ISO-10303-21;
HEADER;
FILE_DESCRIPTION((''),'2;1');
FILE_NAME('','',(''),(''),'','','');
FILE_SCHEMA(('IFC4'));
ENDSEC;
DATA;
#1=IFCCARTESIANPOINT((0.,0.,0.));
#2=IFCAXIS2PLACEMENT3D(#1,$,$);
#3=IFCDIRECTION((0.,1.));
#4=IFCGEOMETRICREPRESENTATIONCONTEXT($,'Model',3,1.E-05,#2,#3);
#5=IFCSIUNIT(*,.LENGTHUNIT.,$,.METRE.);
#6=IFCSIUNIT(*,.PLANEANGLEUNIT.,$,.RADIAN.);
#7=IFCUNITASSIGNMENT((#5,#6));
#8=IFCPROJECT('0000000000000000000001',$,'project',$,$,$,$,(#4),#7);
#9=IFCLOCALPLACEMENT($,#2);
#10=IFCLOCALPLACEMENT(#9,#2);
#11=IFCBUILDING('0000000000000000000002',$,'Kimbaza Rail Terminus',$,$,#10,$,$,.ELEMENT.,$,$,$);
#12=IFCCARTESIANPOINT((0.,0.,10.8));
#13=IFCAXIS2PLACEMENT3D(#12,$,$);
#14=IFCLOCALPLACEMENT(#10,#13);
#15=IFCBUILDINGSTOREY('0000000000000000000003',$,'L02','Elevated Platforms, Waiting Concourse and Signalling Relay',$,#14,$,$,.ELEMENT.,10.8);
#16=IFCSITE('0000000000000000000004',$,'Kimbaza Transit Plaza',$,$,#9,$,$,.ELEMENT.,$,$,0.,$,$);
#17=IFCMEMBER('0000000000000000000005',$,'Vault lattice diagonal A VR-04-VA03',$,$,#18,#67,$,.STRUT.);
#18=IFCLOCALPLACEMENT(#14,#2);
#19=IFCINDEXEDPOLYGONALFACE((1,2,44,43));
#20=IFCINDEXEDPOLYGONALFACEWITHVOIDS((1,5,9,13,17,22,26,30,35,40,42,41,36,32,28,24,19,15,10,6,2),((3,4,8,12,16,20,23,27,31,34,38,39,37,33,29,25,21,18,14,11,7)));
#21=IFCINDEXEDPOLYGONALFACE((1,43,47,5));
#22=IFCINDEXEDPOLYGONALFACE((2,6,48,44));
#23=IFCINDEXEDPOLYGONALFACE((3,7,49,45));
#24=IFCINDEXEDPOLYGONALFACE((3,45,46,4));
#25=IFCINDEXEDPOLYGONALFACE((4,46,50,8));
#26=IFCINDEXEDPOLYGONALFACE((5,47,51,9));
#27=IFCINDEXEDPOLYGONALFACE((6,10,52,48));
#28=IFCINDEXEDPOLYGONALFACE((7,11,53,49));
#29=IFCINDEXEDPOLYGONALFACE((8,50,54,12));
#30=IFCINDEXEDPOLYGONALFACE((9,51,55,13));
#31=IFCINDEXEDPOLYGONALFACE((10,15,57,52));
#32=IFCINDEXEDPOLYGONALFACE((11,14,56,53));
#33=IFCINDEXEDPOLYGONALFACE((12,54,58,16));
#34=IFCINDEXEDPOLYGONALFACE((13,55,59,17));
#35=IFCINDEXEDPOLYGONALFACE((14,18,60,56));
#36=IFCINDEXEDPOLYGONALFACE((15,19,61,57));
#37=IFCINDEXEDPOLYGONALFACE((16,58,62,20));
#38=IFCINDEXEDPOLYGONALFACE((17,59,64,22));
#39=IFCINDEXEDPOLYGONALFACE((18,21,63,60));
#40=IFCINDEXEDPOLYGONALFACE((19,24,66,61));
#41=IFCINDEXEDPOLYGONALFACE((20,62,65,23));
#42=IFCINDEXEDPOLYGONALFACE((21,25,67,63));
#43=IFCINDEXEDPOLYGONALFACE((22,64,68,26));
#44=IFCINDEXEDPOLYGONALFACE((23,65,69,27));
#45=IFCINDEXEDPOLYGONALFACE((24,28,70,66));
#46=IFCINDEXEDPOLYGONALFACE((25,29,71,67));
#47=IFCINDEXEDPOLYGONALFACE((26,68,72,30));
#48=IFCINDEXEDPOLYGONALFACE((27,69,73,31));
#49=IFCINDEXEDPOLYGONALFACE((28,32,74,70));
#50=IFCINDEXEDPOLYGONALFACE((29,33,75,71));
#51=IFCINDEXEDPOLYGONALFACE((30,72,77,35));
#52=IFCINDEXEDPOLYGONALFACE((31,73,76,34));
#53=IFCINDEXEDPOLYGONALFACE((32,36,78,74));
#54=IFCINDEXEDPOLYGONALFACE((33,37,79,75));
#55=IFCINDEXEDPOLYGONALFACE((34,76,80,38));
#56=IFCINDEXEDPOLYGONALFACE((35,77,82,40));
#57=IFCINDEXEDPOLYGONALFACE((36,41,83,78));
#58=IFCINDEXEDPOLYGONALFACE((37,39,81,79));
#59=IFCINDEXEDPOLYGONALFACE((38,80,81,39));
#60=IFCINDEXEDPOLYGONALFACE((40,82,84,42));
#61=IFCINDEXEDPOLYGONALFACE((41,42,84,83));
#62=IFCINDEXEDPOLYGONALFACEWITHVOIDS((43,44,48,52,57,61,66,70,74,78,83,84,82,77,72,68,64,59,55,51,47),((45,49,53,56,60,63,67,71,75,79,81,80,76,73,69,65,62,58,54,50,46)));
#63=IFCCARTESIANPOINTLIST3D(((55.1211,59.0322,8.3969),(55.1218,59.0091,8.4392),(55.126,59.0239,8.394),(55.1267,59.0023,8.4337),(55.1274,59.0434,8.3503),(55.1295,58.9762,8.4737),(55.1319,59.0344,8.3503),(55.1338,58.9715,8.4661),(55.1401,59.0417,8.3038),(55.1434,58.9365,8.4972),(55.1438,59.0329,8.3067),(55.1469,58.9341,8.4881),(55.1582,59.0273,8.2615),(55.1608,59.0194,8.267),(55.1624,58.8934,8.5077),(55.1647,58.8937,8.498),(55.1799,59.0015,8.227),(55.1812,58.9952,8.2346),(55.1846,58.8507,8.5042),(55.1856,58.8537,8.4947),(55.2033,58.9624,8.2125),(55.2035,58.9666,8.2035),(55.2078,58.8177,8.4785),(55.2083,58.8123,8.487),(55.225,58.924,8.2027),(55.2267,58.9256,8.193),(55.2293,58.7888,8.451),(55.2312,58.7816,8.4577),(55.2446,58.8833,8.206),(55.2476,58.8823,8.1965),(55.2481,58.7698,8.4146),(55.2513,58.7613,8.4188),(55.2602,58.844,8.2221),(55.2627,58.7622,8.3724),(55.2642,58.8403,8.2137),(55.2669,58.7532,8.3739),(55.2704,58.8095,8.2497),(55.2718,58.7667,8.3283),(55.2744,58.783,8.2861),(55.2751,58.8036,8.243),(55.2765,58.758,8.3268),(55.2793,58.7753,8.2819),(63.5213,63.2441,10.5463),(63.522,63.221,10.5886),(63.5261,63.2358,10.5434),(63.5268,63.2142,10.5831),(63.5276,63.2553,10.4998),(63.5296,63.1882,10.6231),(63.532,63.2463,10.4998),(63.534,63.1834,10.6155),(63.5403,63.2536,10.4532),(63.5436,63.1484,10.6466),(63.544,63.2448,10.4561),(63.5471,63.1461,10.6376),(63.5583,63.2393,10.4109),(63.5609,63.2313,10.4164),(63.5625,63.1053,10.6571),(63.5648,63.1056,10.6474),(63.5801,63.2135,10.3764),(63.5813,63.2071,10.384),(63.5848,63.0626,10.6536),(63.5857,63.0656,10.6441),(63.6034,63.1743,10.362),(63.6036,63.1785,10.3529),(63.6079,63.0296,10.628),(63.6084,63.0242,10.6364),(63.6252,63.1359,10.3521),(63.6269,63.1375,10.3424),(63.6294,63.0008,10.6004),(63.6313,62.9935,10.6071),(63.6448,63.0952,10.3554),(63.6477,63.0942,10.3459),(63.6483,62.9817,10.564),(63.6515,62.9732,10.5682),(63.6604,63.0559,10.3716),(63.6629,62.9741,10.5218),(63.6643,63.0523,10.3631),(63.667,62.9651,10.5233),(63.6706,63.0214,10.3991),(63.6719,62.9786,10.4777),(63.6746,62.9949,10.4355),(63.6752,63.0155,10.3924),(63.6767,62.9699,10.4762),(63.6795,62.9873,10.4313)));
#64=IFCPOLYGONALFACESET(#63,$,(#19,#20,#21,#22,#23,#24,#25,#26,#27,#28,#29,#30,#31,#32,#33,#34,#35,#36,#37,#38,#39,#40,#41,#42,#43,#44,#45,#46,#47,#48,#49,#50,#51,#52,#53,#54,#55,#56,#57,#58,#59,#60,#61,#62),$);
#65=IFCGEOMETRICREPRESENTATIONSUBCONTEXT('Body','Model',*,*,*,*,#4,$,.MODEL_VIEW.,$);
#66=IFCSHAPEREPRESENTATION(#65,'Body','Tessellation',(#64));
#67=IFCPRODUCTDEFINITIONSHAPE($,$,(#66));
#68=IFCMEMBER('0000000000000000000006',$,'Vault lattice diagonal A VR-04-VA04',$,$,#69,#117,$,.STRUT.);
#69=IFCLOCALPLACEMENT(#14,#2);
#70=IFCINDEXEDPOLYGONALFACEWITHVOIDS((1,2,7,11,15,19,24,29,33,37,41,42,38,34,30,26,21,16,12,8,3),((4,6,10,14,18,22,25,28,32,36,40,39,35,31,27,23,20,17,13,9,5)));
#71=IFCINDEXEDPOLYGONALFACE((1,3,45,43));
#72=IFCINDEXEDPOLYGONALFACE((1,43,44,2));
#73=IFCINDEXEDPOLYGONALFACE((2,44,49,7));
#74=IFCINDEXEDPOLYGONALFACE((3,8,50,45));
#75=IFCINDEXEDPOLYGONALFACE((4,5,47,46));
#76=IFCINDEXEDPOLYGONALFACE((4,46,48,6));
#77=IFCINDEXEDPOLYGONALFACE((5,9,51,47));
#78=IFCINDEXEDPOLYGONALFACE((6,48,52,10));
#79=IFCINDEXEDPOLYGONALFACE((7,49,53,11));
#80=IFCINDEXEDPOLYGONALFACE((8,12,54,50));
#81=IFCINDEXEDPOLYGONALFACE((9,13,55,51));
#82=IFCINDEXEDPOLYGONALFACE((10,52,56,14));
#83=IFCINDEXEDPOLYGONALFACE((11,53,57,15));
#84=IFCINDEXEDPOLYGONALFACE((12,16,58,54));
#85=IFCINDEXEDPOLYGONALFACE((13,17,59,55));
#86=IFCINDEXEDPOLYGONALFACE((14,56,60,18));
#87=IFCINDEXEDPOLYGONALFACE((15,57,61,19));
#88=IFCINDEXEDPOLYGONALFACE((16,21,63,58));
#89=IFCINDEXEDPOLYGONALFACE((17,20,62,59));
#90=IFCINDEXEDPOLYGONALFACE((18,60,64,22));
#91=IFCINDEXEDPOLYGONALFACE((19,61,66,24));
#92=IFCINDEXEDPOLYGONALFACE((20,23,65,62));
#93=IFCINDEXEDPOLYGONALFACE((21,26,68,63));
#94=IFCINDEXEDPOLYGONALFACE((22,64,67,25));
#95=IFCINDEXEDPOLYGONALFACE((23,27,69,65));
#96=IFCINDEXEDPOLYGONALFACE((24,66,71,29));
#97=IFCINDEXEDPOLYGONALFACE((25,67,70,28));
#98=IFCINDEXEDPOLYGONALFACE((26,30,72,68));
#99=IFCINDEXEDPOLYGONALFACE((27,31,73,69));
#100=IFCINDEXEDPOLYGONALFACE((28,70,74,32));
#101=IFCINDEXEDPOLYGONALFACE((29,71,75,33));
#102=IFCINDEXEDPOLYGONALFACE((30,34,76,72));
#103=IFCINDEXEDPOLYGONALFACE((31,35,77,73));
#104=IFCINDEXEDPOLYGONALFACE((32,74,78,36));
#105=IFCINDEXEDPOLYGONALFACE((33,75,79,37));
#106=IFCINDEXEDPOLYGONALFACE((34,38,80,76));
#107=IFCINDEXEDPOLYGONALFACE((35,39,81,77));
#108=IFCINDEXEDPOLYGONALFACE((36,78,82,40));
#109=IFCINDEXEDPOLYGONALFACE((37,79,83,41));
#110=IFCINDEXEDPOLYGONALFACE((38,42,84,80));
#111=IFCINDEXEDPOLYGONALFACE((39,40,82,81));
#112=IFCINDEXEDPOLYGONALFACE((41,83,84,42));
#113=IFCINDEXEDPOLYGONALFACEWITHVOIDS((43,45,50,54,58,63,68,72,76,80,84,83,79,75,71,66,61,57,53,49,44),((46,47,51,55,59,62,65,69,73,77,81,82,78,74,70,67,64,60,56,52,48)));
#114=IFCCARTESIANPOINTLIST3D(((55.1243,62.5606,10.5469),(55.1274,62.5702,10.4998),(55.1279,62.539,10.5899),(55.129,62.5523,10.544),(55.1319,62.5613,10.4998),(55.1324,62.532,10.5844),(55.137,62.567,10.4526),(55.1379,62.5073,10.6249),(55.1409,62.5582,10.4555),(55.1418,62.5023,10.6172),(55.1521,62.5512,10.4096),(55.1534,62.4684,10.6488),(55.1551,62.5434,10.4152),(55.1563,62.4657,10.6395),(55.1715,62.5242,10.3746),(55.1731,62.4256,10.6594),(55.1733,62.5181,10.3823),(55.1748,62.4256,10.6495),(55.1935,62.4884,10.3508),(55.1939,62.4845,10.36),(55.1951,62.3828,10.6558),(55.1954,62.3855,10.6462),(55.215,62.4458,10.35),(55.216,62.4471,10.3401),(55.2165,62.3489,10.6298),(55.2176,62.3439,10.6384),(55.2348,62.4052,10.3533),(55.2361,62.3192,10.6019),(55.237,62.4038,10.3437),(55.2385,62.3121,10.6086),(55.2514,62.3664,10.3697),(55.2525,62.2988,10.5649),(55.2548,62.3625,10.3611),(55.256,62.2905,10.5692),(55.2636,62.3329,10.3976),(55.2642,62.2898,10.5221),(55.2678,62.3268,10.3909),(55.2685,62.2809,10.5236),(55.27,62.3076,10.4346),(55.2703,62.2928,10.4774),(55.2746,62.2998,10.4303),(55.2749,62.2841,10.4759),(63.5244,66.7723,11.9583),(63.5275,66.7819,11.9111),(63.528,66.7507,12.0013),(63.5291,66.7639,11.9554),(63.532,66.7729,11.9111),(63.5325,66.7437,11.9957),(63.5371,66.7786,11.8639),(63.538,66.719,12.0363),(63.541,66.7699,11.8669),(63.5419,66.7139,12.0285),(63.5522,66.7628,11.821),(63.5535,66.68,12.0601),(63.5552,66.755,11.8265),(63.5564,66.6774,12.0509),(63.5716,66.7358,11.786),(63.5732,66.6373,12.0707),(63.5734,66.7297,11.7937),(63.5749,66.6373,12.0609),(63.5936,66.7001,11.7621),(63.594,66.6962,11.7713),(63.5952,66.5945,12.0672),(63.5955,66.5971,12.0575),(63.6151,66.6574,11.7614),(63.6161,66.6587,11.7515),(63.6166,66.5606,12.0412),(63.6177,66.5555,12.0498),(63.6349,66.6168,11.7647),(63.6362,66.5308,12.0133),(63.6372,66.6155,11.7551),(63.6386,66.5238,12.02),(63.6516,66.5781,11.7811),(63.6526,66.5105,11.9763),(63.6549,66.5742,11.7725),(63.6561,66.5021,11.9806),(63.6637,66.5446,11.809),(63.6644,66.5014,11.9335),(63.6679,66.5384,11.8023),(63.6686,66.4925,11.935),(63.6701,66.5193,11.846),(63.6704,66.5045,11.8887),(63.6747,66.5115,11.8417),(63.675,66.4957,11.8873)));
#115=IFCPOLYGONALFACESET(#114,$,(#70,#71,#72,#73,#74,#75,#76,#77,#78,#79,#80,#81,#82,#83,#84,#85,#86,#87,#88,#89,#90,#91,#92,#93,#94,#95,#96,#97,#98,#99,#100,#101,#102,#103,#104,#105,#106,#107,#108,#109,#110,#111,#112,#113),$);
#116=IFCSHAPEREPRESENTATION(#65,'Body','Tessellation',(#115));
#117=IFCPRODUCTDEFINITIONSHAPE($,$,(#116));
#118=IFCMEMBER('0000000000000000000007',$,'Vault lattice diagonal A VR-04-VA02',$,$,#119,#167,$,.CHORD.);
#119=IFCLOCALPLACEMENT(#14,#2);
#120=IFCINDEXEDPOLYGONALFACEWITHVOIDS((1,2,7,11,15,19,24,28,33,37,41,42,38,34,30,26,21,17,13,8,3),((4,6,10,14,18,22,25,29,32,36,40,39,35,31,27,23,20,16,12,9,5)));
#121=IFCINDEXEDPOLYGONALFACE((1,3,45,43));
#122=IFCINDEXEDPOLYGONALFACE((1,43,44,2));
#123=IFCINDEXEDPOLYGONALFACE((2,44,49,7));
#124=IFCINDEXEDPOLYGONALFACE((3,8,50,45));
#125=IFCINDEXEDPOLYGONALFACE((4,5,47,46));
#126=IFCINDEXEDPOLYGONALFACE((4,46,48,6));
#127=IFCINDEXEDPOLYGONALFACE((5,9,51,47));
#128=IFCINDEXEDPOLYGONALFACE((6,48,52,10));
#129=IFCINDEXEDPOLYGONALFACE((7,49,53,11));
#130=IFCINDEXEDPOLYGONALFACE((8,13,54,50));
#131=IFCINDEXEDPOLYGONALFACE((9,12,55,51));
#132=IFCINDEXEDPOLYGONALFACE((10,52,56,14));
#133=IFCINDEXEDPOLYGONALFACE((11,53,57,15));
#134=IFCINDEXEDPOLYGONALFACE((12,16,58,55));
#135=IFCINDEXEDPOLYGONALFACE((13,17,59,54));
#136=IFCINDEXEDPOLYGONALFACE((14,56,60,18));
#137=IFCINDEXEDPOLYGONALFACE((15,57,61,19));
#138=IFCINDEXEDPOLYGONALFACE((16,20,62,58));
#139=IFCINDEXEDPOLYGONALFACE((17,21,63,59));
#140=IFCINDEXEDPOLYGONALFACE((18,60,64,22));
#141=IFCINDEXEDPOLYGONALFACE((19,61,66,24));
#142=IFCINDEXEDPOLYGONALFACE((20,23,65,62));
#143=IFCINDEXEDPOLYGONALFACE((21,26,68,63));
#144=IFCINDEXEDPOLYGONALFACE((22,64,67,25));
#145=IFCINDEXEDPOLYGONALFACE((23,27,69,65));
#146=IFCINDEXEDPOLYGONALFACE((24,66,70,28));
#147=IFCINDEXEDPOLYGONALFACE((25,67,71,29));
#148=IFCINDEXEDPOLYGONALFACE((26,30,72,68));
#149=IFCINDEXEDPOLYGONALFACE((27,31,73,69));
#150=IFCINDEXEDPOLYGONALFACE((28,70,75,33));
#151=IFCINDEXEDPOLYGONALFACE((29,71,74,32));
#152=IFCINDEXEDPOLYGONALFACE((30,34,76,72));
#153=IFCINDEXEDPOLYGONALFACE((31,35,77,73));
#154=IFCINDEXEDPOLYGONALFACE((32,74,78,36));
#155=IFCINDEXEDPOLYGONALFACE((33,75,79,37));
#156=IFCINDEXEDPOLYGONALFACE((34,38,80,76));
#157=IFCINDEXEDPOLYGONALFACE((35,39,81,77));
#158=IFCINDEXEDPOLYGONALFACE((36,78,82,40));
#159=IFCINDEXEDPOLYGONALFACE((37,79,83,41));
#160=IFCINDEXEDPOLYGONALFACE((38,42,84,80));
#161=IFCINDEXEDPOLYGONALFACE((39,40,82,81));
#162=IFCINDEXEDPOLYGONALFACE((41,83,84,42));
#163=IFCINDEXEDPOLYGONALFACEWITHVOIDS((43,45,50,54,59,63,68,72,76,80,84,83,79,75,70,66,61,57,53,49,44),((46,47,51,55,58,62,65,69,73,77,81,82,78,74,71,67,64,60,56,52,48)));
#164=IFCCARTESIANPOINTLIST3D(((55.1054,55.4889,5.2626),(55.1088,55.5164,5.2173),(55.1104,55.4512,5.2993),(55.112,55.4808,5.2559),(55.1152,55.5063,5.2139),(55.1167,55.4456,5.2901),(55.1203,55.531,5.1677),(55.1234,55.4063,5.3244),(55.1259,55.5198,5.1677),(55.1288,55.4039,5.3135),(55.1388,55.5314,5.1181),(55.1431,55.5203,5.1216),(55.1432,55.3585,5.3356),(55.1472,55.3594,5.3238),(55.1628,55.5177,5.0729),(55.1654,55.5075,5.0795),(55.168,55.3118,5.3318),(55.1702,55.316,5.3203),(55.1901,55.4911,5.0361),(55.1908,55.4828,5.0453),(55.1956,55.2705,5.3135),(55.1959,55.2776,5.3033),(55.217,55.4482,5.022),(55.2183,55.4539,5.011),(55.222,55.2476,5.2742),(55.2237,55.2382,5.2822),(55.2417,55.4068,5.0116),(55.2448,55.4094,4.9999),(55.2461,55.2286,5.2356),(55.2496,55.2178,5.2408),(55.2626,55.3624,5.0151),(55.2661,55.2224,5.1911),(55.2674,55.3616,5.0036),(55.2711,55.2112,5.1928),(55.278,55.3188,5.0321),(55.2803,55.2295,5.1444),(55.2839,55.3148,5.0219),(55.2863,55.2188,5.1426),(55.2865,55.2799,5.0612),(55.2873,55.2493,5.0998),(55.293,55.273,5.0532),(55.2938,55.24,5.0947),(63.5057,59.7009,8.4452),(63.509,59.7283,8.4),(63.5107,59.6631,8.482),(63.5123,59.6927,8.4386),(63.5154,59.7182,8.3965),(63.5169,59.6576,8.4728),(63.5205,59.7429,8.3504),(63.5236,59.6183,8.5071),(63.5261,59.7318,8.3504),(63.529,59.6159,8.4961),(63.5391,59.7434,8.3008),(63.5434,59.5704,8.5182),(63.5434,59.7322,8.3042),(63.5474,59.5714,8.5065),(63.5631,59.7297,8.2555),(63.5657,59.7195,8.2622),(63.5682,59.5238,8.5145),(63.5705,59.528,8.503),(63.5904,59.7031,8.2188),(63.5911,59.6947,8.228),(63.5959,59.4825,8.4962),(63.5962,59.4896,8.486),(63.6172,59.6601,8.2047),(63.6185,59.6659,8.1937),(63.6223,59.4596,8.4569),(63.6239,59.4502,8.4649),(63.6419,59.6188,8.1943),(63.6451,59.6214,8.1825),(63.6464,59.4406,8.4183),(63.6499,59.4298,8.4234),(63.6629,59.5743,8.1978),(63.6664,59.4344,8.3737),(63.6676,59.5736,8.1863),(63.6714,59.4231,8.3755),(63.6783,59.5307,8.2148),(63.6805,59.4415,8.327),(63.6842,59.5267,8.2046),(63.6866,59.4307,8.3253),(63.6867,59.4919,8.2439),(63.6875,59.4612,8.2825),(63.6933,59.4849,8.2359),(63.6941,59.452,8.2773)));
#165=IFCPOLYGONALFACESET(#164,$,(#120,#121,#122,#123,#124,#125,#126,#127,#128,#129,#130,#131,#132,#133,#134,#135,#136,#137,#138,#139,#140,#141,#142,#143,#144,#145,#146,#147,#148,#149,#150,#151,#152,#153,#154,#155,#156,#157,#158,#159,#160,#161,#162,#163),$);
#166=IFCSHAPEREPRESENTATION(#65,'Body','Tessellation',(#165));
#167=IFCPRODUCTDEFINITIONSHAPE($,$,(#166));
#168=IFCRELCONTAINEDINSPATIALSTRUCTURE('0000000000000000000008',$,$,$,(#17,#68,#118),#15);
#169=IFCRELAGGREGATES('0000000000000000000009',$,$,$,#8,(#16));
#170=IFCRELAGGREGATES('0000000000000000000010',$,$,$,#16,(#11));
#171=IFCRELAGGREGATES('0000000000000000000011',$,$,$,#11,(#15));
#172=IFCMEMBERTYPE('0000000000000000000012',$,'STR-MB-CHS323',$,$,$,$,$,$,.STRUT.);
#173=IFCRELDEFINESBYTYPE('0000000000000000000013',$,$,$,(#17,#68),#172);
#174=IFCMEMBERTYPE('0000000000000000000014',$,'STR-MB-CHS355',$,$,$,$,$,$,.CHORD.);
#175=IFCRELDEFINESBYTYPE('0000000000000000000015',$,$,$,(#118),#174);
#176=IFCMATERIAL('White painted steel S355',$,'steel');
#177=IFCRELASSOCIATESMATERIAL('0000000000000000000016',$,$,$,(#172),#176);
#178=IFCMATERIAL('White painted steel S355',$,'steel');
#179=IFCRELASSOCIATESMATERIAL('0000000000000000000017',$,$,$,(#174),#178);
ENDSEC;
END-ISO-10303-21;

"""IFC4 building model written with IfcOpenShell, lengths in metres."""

from ifc_helpers import new_model, si_unit, direction, frame, origin, origin_2d, place, context, subcontext, project, spatial, hollow_circle, extrude, material, material_profile, profile_set, type_object, element, save


model = new_model("IFC4")

# Units and contexts
model_context = context("Model", 3, precision=1e-05, world=origin(), true_north=direction((0.0, 1.0)))
body_context = subcontext(model_context, "Body", "Model", "MODEL_VIEW")
ifc_project = project(units=[si_unit("LENGTHUNIT", "METRE"), si_unit("PLANEANGLEUNIT", "RADIAN")], contexts=[model_context])

# Site, building, storey
site_placement = place(None, origin())
site = spatial("IfcSite", under=ifc_project, at=site_placement, Name="Kimbaza Transit Plaza", CompositionType="ELEMENT", RefElevation=0.0)
building_placement = place(site_placement, origin())
building = spatial("IfcBuilding", under=site, at=building_placement, Name="Kimbaza Rail Terminus", CompositionType="ELEMENT")
storey_placement = place(building_placement, frame((0.0, 0.0, 10.8)))
storey = spatial("IfcBuildingStorey", under=building, at=storey_placement, Name="L02", Description="Elevated Platforms, Waiting Concourse and Signalling Relay", CompositionType="ELEMENT", Elevation=10.8)

# Members
ifc_material_1 = material(Name="White painted steel S355", Category="steel")
ifc_material_profile_1 = material_profile(ifc_material_1, hollow_circle(Radius=0.1619, WallThickness=0.01, at=origin_2d()), Name="CHS 323.9x10")
ifc_profile_set_1 = profile_set([ifc_material_profile_1], Name="White painted steel S355")
member_type_1 = type_object("IfcMemberType", Name="STR-MB-CHS323", PredefinedType="STRUT", material=ifc_profile_set_1)
member_1_placement = place(storey_placement, frame((55.2, 58.8987, 8.3503), z_axis=(0.871417, 0.436937, 0.222977), x_axis=(-0.448221, 0.893923, 0.0)))
element("IfcMember", 1, at=member_1_placement, inside=storey, type_object=member_type_1, Name="Vault lattice diagonal A VR-04-VA03", PredefinedType="STRUT", context=body_context, shape_type="SweptSolid", body=[
    extrude(hollow_circle(Radius=0.1619, WallThickness=0.01, at=origin_2d()), origin(), (0.0, 0.0, 1.0), 9.6396),
])
member_2_placement = place(storey_placement, frame((55.2, 62.4255, 10.4998), z_axis=(0.884017, 0.443229, 0.148531), x_axis=(-0.448201, 0.893933, 0.0)))
element("IfcMember", 2, at=member_2_placement, inside=storey, type_object=member_type_1, Name="Vault lattice diagonal A VR-04-VA04", PredefinedType="STRUT", context=body_context, shape_type="SweptSolid", body=[
    extrude(hollow_circle(Radius=0.1619, WallThickness=0.01, at=origin_2d()), origin(), (0.0, 0.0, 1.0), 9.5022),
])
ifc_material_2 = material(Name="White painted steel S355", Category="steel")
ifc_material_profile_2 = material_profile(ifc_material_2, hollow_circle(Radius=0.1777, WallThickness=0.0125, at=origin_2d()), Name="CHS 355.6x12.5")
ifc_profile_set_2 = profile_set([ifc_material_profile_2], Name="White painted steel S355")
member_type_2 = type_object("IfcMemberType", Name="STR-MB-CHS355", PredefinedType="CHORD", material=ifc_profile_set_2)
member_3_placement = place(storey_placement, frame((55.2, 55.3721, 5.1677), z_axis=(0.84668, 0.424533, 0.320787), x_axis=(-0.448221, 0.893923, 0.0)))
element("IfcMember", 3, at=member_3_placement, inside=storey, type_object=member_type_2, Name="Vault lattice diagonal A VR-04-VA02", PredefinedType="CHORD", context=body_context, shape_type="SweptSolid", body=[
    extrude(hollow_circle(Radius=0.1777, WallThickness=0.0125, at=origin_2d()), origin(), (0.0, 0.0, 1.0), 9.9214),
])

save(model, "model.ifc")
